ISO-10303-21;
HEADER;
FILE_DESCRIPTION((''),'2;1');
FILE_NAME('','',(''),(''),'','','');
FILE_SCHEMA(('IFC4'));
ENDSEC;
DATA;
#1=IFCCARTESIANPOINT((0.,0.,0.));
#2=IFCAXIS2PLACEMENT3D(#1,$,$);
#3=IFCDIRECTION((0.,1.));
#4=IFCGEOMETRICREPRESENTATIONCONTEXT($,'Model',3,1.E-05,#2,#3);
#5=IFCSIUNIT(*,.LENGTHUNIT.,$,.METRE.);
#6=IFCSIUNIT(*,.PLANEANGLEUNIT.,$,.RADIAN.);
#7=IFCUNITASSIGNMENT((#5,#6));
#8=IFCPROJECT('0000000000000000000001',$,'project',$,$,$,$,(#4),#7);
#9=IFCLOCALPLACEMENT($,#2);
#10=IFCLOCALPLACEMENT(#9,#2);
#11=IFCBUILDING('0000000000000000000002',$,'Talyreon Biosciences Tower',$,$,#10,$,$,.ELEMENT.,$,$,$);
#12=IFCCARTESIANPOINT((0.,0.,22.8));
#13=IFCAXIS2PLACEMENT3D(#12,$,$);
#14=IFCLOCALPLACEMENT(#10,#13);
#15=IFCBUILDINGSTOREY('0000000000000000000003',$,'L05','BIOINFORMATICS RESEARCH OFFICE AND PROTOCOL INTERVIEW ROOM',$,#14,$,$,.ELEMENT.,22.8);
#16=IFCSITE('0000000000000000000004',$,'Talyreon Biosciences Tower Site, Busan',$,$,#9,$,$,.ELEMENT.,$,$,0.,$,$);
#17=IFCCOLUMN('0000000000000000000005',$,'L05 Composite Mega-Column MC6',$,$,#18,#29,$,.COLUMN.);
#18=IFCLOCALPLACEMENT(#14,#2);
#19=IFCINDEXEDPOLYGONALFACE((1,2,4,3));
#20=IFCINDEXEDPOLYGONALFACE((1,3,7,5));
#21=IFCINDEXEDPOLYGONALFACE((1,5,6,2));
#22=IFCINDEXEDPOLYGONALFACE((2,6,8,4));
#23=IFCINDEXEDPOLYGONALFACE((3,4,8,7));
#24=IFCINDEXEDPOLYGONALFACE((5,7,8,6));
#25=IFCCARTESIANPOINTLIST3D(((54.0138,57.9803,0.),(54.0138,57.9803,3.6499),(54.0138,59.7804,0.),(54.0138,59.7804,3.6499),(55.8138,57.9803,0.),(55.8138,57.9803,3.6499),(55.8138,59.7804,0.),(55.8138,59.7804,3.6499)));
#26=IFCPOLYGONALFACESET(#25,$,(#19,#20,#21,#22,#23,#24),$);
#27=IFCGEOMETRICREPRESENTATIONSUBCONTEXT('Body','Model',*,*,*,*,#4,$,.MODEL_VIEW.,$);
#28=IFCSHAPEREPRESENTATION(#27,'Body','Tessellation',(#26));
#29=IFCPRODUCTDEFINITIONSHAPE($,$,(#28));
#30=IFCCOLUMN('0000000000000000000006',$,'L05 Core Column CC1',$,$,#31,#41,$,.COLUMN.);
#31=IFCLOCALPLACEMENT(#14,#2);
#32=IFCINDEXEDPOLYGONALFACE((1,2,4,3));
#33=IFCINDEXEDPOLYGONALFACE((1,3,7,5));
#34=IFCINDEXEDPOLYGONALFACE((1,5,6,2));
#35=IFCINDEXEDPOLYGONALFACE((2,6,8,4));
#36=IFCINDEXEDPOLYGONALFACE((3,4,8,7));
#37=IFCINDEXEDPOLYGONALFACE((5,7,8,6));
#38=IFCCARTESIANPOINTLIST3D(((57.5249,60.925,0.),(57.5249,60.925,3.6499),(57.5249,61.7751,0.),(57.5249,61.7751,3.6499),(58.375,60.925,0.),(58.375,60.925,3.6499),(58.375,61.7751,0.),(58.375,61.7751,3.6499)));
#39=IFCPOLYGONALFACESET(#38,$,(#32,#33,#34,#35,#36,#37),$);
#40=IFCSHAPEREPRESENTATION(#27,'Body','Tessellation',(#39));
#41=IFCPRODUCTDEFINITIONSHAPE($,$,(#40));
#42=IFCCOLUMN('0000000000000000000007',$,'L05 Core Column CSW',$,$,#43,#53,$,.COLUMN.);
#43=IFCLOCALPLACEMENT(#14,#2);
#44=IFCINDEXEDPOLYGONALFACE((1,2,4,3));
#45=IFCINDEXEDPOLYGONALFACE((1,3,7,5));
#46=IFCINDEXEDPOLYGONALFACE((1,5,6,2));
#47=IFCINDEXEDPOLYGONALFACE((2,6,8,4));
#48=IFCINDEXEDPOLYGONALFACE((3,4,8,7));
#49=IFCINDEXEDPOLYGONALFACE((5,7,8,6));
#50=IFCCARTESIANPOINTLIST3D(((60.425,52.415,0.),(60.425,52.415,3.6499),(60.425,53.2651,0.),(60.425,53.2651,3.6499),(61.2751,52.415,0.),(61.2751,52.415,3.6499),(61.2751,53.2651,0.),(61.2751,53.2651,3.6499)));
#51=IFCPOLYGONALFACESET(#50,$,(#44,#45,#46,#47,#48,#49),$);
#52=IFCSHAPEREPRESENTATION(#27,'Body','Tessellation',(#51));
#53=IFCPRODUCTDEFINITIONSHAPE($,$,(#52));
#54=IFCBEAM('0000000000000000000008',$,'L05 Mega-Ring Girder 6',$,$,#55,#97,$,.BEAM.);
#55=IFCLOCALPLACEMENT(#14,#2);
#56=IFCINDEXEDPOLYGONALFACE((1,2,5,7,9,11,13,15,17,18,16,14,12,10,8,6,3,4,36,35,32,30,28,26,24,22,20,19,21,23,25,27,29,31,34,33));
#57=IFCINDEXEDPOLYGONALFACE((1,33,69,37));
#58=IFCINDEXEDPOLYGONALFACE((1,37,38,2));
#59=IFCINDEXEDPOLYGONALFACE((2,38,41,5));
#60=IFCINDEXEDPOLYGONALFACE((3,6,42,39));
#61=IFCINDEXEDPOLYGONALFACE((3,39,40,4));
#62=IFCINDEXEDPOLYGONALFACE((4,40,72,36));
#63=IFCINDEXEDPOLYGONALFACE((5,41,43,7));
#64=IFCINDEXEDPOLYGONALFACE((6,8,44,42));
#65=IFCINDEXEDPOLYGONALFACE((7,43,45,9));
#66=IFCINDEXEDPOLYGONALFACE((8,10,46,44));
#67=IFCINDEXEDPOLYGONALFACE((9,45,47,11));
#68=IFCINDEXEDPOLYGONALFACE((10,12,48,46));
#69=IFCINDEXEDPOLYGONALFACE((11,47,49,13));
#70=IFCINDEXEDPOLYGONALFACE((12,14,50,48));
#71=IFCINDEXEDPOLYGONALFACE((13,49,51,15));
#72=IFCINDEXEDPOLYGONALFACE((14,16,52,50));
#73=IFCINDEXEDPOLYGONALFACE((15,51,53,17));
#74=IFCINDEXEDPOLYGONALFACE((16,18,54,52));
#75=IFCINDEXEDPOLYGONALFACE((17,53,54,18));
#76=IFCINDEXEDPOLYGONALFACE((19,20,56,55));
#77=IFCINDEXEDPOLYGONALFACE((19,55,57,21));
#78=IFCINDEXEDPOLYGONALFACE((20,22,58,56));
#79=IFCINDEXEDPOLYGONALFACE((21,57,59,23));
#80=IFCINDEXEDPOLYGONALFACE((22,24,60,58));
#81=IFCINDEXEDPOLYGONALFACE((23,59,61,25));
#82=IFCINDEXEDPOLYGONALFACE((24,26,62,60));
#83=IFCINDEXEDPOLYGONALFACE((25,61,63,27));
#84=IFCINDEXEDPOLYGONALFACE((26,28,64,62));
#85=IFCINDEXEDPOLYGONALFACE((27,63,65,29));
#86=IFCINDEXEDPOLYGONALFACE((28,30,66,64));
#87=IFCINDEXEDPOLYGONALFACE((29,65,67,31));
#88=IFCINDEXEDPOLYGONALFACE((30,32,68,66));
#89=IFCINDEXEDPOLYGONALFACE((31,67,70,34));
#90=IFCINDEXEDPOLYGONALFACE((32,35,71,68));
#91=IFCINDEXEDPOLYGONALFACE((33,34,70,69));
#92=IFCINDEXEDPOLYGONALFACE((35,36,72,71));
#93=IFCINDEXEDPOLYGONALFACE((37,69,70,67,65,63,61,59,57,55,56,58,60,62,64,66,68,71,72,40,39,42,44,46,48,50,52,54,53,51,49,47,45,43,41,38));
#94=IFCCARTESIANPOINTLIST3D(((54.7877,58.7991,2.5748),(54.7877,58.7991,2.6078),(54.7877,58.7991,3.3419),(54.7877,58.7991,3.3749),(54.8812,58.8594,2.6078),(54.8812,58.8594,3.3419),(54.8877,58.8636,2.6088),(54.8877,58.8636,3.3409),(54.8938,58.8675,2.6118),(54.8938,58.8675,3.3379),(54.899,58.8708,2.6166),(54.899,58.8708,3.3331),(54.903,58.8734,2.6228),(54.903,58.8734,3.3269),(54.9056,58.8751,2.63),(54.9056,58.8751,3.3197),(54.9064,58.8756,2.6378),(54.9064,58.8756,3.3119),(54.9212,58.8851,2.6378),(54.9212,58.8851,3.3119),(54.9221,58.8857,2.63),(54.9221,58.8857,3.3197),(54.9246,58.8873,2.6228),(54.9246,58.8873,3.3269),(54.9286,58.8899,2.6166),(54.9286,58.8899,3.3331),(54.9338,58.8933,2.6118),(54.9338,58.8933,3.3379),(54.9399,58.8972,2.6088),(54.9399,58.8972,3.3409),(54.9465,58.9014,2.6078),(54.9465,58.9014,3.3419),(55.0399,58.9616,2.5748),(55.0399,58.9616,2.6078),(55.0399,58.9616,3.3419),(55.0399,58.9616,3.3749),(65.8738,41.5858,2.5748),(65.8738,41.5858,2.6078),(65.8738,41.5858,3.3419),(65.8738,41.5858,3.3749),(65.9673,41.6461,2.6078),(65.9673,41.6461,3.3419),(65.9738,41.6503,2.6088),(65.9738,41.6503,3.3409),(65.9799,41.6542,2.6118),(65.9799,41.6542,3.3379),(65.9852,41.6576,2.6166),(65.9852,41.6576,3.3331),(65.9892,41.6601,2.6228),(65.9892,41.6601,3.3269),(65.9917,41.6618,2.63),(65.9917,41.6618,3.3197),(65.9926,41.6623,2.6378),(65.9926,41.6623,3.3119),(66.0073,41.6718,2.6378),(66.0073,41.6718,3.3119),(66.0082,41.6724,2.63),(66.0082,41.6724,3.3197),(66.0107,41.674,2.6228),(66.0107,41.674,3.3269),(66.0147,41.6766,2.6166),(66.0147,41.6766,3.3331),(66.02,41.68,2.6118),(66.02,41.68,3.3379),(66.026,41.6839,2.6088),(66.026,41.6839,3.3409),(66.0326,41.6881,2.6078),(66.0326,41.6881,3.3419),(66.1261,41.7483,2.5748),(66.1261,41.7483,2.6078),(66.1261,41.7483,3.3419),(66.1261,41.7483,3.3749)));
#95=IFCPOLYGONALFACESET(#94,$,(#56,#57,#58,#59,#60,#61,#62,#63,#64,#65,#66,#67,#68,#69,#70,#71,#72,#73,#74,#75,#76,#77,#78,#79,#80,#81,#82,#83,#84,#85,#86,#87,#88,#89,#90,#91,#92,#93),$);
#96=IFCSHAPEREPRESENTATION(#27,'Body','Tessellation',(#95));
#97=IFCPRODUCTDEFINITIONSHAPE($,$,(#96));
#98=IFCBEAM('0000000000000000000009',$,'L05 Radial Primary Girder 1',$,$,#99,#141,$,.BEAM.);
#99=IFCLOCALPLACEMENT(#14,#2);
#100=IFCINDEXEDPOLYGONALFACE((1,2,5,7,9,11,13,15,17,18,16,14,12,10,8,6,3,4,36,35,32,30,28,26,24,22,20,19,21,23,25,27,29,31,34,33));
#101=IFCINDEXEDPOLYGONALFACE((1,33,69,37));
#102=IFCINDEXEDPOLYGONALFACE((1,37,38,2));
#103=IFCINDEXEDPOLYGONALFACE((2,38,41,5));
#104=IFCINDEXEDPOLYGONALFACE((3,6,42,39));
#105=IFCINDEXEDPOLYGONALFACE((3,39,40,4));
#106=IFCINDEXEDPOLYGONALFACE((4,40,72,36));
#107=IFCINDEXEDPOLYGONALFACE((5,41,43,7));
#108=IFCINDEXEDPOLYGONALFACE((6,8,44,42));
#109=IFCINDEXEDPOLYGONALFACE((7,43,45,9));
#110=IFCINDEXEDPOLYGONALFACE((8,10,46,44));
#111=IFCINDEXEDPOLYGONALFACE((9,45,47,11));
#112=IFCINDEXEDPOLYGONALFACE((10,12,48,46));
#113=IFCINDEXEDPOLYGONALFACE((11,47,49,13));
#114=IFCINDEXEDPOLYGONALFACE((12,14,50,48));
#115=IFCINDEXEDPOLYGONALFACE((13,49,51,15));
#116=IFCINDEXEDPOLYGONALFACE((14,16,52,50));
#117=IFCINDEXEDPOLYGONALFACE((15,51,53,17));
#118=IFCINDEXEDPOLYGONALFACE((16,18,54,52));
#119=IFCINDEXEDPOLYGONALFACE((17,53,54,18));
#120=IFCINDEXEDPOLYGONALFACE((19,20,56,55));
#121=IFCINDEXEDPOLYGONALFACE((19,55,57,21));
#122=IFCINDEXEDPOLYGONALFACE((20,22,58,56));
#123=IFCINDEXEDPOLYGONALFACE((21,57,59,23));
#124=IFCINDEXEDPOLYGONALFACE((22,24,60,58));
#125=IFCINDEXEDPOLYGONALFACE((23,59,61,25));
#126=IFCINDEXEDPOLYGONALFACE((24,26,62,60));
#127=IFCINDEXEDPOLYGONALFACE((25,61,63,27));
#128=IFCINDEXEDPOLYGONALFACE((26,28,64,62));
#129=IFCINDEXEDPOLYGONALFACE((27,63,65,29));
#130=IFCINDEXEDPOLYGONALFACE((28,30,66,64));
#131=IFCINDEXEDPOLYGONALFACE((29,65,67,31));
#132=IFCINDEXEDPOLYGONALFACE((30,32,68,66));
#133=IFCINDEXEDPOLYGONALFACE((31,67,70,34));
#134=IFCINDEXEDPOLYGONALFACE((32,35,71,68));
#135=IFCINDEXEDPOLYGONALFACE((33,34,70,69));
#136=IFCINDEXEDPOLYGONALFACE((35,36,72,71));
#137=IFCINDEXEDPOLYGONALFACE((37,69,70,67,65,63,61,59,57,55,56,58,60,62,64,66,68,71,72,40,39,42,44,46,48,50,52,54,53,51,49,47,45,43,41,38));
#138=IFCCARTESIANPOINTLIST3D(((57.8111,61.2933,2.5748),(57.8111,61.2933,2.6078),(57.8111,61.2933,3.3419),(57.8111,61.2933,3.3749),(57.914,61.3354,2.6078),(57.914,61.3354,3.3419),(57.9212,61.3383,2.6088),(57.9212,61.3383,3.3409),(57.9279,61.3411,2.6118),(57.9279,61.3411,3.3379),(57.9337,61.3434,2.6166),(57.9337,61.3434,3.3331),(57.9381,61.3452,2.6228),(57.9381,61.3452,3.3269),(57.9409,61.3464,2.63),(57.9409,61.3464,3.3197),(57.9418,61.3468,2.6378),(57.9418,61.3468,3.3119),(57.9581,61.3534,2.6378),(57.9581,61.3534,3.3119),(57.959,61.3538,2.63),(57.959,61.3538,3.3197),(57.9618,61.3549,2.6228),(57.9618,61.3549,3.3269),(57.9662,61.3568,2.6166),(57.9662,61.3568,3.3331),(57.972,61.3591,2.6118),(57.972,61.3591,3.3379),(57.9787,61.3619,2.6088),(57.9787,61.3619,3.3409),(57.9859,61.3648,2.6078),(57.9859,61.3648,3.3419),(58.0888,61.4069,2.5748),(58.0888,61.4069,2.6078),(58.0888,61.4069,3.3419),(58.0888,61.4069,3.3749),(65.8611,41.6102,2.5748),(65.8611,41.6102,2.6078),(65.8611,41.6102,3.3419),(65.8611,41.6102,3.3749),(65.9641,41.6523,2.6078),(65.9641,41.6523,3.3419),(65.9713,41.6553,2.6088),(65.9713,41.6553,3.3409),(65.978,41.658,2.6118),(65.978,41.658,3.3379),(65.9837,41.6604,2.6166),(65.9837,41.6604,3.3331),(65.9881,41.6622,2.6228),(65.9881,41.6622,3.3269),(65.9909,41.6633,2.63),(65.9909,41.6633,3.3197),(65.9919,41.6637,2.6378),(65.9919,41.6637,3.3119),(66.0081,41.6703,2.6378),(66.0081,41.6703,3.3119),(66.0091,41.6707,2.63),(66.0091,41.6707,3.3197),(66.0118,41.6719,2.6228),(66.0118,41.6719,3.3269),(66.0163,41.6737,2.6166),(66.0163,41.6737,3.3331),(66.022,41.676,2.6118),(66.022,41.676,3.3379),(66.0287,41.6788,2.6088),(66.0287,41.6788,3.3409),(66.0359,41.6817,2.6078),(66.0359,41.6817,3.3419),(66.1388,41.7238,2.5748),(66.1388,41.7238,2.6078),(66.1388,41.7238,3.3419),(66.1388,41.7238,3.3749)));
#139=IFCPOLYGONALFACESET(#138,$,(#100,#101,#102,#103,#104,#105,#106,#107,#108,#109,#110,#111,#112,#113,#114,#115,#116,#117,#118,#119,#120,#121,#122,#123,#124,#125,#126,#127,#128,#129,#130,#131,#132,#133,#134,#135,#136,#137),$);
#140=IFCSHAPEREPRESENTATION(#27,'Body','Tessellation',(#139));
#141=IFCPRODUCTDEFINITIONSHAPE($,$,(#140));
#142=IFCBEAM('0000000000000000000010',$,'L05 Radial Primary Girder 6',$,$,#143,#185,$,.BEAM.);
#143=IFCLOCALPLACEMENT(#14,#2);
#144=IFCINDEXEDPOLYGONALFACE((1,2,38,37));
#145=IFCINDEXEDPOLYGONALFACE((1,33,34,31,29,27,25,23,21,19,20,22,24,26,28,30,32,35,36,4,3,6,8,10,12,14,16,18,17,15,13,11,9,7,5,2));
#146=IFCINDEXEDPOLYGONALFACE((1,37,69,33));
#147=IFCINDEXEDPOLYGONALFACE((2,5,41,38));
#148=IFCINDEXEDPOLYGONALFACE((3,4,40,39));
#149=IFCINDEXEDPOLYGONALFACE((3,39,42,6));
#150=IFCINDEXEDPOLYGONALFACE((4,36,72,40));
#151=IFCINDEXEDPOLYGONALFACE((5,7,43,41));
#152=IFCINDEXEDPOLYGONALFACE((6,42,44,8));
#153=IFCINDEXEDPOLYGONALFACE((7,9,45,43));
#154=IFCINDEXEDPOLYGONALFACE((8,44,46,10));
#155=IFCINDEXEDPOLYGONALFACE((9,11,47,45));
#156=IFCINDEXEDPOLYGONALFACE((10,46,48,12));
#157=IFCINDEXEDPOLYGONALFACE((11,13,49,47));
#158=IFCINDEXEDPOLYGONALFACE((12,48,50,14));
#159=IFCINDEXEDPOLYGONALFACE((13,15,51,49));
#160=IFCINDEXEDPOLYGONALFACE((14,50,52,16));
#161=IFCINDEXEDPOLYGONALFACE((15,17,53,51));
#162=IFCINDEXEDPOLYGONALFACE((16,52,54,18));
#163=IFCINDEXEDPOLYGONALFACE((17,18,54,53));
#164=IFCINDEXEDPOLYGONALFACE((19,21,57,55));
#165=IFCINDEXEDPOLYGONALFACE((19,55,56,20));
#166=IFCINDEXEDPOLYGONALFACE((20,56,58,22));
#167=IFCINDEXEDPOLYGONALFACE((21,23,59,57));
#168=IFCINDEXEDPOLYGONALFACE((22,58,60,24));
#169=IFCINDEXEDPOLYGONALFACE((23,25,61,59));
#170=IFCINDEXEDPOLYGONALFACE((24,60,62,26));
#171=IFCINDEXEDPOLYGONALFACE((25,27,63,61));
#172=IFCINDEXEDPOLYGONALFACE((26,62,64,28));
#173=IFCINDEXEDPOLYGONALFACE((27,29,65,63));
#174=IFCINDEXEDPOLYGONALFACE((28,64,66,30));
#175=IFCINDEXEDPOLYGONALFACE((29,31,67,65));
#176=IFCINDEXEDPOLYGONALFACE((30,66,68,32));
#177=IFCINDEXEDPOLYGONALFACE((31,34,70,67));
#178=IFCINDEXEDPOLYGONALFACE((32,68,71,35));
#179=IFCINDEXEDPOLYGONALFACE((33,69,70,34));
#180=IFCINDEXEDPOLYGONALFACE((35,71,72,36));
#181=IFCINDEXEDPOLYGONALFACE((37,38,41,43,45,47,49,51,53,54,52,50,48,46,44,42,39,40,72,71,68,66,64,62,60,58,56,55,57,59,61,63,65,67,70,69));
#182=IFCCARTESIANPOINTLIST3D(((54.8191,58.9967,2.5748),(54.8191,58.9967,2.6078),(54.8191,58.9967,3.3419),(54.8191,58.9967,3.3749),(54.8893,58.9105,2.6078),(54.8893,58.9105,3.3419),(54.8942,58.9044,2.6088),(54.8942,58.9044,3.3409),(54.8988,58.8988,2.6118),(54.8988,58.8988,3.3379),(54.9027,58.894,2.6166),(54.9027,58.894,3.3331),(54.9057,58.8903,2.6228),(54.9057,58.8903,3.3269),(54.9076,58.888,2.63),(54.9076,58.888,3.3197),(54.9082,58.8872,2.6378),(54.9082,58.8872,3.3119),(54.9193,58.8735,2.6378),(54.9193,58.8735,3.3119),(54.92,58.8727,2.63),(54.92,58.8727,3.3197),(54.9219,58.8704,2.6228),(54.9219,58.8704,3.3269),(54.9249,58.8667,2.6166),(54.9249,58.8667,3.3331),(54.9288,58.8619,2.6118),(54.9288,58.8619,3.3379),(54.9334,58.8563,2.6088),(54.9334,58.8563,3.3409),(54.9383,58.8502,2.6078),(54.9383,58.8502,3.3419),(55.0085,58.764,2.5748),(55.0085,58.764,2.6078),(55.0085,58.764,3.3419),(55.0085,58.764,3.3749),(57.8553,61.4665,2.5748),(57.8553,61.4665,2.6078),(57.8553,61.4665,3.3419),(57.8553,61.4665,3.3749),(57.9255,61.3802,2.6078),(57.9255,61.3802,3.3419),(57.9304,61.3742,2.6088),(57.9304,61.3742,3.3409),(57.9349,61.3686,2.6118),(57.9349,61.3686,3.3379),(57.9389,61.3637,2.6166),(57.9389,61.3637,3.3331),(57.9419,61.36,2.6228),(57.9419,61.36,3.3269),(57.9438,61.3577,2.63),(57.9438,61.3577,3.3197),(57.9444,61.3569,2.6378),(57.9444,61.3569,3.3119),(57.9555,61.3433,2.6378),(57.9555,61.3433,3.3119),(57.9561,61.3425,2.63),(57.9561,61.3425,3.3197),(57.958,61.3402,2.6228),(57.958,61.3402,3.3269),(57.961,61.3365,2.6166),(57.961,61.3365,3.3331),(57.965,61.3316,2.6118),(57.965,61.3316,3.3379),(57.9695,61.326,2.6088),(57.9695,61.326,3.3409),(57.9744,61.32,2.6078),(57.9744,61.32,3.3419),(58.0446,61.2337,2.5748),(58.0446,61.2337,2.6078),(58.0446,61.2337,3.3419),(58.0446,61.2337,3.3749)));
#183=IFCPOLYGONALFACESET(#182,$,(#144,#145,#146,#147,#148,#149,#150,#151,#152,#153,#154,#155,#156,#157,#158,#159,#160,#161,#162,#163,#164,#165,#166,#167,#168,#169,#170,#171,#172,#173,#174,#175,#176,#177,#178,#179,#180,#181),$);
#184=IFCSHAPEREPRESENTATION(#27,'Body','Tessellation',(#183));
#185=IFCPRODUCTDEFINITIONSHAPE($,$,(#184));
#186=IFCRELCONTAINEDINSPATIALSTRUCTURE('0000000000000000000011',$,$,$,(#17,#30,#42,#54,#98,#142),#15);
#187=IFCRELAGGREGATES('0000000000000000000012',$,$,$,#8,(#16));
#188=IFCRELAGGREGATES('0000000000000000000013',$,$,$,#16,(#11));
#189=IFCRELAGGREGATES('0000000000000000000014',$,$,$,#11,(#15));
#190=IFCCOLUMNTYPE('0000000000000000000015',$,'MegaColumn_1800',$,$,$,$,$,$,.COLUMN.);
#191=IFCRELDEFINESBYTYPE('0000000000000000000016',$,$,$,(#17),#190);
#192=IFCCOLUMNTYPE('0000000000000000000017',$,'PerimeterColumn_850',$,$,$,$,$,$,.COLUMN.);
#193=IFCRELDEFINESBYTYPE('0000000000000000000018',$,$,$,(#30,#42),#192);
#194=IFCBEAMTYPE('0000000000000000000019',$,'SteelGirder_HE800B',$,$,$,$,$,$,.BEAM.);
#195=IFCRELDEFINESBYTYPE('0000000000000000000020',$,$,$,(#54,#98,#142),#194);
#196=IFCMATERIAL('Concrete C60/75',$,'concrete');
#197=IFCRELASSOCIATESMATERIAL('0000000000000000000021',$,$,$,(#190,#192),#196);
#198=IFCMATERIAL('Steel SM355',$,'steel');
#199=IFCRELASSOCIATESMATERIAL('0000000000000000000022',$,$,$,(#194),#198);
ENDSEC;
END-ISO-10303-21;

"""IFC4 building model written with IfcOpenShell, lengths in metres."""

from ifc_helpers import new_model, si_unit, direction, frame, origin, origin_2d, place, context, subcontext, project, spatial, rectangle, i_section, extrude, material, material_profile, profile_set, type_object, element, save


model = new_model("IFC4")

# Units and contexts
model_context = context("Model", 3, precision=1e-05, world=origin(), true_north=direction((0.0, 1.0)))
body_context = subcontext(model_context, "Body", "Model", "MODEL_VIEW")
ifc_project = project(units=[si_unit("LENGTHUNIT", "METRE"), si_unit("PLANEANGLEUNIT", "RADIAN")], contexts=[model_context])

# Site, building, storey
site_placement = place(None, origin())
site = spatial("IfcSite", under=ifc_project, at=site_placement, Name="Talyreon Biosciences Tower Site, Busan", CompositionType="ELEMENT", RefElevation=0.0)
building_placement = place(site_placement, origin())
building = spatial("IfcBuilding", under=site, at=building_placement, Name="Talyreon Biosciences Tower", CompositionType="ELEMENT")
storey_placement = place(building_placement, frame((0.0, 0.0, 22.8)))
storey = spatial("IfcBuildingStorey", under=building, at=storey_placement, Name="L05", Description="BIOINFORMATICS RESEARCH OFFICE AND PROTOCOL INTERVIEW ROOM", CompositionType="ELEMENT", Elevation=22.8)

# Columns
ifc_material_1 = material(Name="Concrete C60/75", Category="concrete")
ifc_material_profile_1 = material_profile(ifc_material_1, rectangle(XDim=1.8, YDim=1.8, at=origin_2d()), Name="RC 1800x1800")
ifc_profile_set_1 = profile_set([ifc_material_profile_1], Name="Concrete C60/75")
column_type_1 = type_object("IfcColumnType", Name="MegaColumn_1800", PredefinedType="COLUMN", material=ifc_profile_set_1)
column_placement = place(storey_placement, frame((54.9138, 58.8804, 0.0), z_axis=(0.0, 0.0, 1.0), x_axis=(1.0, 0.0, 0.0)))
element("IfcColumn", 1, at=column_placement, inside=storey, type_object=column_type_1, Name="L05 Composite Mega-Column MC6", PredefinedType="COLUMN", context=body_context, shape_type="SweptSolid", body=[
    extrude(rectangle(XDim=1.8, YDim=1.8, at=origin_2d()), origin(), (0.0, 0.0, 1.0), 3.6499),
])
ifc_material_profile_2 = material_profile(ifc_material_1, rectangle(XDim=0.8501, YDim=0.8501, at=origin_2d()), Name="RC 850x850")
ifc_profile_set_2 = profile_set([ifc_material_profile_2], Name="Concrete C60/75")
column_type_2 = type_object("IfcColumnType", Name="PerimeterColumn_850", PredefinedType="COLUMN", material=ifc_profile_set_2)
for number, where, z_axis, x_axis, name in (
    (2, (57.95, 61.3501, 0.0), (0.0, 0.0, 1.0), (1.0, 0.0, 0.0), "L05 Core Column CC1"),
    (3, (60.8501, 52.8401, 0.0), (0.0, 0.0, 1.0), (1.0, 0.0, 0.0), "L05 Core Column CSW"),
):
    element("IfcColumn", number, at=place(storey_placement, frame(where, z_axis=z_axis, x_axis=x_axis)), inside=storey, type_object=column_type_2, Name=name, PredefinedType="COLUMN", context=body_context, shape_type="SweptSolid", body=[
        extrude(rectangle(XDim=0.8501, YDim=0.8501, at=origin_2d()), origin(), (0.0, 0.0, 1.0), 3.6499),
    ])

# Beams
ifc_material_2 = material(Name="Steel SM355", Category="steel")
ifc_material_profile_3 = material_profile(ifc_material_2, i_section(OverallWidth=0.3, OverallDepth=0.8, WebThickness=0.0176, FlangeThickness=0.033, FilletRadius=0.03, at=origin_2d()), Name="HE800B")
ifc_profile_set_3 = profile_set([ifc_material_profile_3], Name="Steel SM355")
beam_type_1 = type_object("IfcBeamType", Name="SteelGirder_HE800B", PredefinedType="BEAM", material=ifc_profile_set_3)
beam_1_placement = place(storey_placement, frame((54.9138, 58.8804, 2.9749), z_axis=(0.541464, -0.840724, 0.0), x_axis=(0.840724, 0.541464, 0.0)))
element("IfcBeam", 4, at=beam_1_placement, inside=storey, type_object=beam_type_1, Name="L05 Mega-Ring Girder 6", PredefinedType="BEAM", context=body_context, shape_type="SweptSolid", body=[
    extrude(i_section(OverallWidth=0.3, OverallDepth=0.8, WebThickness=0.0176, FlangeThickness=0.033, FilletRadius=0.03, at=origin_2d()), origin(), (0.0, 0.0, 1.0), 20.4744),
])
beam_2_placement = place(storey_placement, frame((57.95, 61.3501, 2.9749), z_axis=(0.378547, -0.925582, 0.0), x_axis=(0.925582, 0.378547, 0.0)))
element("IfcBeam", 5, at=beam_2_placement, inside=storey, type_object=beam_type_1, Name="L05 Radial Primary Girder 1", PredefinedType="BEAM", context=body_context, shape_type="SweptSolid", body=[
    extrude(i_section(OverallWidth=0.3, OverallDepth=0.8, WebThickness=0.0176, FlangeThickness=0.033, FilletRadius=0.03, at=origin_2d()), origin(), (0.0, 0.0, 1.0), 21.2656),
])
beam_3_placement = place(storey_placement, frame((57.95, 61.3501, 2.9749), z_axis=(-0.775755, -0.631034, 0.0), x_axis=(0.631034, -0.775755, 0.0)))
element("IfcBeam", 6, at=beam_3_placement, inside=storey, type_object=beam_type_1, Name="L05 Radial Primary Girder 6", PredefinedType="BEAM", context=body_context, shape_type="SweptSolid", body=[
    extrude(i_section(OverallWidth=0.3, OverallDepth=0.8, WebThickness=0.0176, FlangeThickness=0.033, FilletRadius=0.03, at=origin_2d()), origin(), (0.0, 0.0, 1.0), 3.9138),
])

save(model, "model.ifc")
